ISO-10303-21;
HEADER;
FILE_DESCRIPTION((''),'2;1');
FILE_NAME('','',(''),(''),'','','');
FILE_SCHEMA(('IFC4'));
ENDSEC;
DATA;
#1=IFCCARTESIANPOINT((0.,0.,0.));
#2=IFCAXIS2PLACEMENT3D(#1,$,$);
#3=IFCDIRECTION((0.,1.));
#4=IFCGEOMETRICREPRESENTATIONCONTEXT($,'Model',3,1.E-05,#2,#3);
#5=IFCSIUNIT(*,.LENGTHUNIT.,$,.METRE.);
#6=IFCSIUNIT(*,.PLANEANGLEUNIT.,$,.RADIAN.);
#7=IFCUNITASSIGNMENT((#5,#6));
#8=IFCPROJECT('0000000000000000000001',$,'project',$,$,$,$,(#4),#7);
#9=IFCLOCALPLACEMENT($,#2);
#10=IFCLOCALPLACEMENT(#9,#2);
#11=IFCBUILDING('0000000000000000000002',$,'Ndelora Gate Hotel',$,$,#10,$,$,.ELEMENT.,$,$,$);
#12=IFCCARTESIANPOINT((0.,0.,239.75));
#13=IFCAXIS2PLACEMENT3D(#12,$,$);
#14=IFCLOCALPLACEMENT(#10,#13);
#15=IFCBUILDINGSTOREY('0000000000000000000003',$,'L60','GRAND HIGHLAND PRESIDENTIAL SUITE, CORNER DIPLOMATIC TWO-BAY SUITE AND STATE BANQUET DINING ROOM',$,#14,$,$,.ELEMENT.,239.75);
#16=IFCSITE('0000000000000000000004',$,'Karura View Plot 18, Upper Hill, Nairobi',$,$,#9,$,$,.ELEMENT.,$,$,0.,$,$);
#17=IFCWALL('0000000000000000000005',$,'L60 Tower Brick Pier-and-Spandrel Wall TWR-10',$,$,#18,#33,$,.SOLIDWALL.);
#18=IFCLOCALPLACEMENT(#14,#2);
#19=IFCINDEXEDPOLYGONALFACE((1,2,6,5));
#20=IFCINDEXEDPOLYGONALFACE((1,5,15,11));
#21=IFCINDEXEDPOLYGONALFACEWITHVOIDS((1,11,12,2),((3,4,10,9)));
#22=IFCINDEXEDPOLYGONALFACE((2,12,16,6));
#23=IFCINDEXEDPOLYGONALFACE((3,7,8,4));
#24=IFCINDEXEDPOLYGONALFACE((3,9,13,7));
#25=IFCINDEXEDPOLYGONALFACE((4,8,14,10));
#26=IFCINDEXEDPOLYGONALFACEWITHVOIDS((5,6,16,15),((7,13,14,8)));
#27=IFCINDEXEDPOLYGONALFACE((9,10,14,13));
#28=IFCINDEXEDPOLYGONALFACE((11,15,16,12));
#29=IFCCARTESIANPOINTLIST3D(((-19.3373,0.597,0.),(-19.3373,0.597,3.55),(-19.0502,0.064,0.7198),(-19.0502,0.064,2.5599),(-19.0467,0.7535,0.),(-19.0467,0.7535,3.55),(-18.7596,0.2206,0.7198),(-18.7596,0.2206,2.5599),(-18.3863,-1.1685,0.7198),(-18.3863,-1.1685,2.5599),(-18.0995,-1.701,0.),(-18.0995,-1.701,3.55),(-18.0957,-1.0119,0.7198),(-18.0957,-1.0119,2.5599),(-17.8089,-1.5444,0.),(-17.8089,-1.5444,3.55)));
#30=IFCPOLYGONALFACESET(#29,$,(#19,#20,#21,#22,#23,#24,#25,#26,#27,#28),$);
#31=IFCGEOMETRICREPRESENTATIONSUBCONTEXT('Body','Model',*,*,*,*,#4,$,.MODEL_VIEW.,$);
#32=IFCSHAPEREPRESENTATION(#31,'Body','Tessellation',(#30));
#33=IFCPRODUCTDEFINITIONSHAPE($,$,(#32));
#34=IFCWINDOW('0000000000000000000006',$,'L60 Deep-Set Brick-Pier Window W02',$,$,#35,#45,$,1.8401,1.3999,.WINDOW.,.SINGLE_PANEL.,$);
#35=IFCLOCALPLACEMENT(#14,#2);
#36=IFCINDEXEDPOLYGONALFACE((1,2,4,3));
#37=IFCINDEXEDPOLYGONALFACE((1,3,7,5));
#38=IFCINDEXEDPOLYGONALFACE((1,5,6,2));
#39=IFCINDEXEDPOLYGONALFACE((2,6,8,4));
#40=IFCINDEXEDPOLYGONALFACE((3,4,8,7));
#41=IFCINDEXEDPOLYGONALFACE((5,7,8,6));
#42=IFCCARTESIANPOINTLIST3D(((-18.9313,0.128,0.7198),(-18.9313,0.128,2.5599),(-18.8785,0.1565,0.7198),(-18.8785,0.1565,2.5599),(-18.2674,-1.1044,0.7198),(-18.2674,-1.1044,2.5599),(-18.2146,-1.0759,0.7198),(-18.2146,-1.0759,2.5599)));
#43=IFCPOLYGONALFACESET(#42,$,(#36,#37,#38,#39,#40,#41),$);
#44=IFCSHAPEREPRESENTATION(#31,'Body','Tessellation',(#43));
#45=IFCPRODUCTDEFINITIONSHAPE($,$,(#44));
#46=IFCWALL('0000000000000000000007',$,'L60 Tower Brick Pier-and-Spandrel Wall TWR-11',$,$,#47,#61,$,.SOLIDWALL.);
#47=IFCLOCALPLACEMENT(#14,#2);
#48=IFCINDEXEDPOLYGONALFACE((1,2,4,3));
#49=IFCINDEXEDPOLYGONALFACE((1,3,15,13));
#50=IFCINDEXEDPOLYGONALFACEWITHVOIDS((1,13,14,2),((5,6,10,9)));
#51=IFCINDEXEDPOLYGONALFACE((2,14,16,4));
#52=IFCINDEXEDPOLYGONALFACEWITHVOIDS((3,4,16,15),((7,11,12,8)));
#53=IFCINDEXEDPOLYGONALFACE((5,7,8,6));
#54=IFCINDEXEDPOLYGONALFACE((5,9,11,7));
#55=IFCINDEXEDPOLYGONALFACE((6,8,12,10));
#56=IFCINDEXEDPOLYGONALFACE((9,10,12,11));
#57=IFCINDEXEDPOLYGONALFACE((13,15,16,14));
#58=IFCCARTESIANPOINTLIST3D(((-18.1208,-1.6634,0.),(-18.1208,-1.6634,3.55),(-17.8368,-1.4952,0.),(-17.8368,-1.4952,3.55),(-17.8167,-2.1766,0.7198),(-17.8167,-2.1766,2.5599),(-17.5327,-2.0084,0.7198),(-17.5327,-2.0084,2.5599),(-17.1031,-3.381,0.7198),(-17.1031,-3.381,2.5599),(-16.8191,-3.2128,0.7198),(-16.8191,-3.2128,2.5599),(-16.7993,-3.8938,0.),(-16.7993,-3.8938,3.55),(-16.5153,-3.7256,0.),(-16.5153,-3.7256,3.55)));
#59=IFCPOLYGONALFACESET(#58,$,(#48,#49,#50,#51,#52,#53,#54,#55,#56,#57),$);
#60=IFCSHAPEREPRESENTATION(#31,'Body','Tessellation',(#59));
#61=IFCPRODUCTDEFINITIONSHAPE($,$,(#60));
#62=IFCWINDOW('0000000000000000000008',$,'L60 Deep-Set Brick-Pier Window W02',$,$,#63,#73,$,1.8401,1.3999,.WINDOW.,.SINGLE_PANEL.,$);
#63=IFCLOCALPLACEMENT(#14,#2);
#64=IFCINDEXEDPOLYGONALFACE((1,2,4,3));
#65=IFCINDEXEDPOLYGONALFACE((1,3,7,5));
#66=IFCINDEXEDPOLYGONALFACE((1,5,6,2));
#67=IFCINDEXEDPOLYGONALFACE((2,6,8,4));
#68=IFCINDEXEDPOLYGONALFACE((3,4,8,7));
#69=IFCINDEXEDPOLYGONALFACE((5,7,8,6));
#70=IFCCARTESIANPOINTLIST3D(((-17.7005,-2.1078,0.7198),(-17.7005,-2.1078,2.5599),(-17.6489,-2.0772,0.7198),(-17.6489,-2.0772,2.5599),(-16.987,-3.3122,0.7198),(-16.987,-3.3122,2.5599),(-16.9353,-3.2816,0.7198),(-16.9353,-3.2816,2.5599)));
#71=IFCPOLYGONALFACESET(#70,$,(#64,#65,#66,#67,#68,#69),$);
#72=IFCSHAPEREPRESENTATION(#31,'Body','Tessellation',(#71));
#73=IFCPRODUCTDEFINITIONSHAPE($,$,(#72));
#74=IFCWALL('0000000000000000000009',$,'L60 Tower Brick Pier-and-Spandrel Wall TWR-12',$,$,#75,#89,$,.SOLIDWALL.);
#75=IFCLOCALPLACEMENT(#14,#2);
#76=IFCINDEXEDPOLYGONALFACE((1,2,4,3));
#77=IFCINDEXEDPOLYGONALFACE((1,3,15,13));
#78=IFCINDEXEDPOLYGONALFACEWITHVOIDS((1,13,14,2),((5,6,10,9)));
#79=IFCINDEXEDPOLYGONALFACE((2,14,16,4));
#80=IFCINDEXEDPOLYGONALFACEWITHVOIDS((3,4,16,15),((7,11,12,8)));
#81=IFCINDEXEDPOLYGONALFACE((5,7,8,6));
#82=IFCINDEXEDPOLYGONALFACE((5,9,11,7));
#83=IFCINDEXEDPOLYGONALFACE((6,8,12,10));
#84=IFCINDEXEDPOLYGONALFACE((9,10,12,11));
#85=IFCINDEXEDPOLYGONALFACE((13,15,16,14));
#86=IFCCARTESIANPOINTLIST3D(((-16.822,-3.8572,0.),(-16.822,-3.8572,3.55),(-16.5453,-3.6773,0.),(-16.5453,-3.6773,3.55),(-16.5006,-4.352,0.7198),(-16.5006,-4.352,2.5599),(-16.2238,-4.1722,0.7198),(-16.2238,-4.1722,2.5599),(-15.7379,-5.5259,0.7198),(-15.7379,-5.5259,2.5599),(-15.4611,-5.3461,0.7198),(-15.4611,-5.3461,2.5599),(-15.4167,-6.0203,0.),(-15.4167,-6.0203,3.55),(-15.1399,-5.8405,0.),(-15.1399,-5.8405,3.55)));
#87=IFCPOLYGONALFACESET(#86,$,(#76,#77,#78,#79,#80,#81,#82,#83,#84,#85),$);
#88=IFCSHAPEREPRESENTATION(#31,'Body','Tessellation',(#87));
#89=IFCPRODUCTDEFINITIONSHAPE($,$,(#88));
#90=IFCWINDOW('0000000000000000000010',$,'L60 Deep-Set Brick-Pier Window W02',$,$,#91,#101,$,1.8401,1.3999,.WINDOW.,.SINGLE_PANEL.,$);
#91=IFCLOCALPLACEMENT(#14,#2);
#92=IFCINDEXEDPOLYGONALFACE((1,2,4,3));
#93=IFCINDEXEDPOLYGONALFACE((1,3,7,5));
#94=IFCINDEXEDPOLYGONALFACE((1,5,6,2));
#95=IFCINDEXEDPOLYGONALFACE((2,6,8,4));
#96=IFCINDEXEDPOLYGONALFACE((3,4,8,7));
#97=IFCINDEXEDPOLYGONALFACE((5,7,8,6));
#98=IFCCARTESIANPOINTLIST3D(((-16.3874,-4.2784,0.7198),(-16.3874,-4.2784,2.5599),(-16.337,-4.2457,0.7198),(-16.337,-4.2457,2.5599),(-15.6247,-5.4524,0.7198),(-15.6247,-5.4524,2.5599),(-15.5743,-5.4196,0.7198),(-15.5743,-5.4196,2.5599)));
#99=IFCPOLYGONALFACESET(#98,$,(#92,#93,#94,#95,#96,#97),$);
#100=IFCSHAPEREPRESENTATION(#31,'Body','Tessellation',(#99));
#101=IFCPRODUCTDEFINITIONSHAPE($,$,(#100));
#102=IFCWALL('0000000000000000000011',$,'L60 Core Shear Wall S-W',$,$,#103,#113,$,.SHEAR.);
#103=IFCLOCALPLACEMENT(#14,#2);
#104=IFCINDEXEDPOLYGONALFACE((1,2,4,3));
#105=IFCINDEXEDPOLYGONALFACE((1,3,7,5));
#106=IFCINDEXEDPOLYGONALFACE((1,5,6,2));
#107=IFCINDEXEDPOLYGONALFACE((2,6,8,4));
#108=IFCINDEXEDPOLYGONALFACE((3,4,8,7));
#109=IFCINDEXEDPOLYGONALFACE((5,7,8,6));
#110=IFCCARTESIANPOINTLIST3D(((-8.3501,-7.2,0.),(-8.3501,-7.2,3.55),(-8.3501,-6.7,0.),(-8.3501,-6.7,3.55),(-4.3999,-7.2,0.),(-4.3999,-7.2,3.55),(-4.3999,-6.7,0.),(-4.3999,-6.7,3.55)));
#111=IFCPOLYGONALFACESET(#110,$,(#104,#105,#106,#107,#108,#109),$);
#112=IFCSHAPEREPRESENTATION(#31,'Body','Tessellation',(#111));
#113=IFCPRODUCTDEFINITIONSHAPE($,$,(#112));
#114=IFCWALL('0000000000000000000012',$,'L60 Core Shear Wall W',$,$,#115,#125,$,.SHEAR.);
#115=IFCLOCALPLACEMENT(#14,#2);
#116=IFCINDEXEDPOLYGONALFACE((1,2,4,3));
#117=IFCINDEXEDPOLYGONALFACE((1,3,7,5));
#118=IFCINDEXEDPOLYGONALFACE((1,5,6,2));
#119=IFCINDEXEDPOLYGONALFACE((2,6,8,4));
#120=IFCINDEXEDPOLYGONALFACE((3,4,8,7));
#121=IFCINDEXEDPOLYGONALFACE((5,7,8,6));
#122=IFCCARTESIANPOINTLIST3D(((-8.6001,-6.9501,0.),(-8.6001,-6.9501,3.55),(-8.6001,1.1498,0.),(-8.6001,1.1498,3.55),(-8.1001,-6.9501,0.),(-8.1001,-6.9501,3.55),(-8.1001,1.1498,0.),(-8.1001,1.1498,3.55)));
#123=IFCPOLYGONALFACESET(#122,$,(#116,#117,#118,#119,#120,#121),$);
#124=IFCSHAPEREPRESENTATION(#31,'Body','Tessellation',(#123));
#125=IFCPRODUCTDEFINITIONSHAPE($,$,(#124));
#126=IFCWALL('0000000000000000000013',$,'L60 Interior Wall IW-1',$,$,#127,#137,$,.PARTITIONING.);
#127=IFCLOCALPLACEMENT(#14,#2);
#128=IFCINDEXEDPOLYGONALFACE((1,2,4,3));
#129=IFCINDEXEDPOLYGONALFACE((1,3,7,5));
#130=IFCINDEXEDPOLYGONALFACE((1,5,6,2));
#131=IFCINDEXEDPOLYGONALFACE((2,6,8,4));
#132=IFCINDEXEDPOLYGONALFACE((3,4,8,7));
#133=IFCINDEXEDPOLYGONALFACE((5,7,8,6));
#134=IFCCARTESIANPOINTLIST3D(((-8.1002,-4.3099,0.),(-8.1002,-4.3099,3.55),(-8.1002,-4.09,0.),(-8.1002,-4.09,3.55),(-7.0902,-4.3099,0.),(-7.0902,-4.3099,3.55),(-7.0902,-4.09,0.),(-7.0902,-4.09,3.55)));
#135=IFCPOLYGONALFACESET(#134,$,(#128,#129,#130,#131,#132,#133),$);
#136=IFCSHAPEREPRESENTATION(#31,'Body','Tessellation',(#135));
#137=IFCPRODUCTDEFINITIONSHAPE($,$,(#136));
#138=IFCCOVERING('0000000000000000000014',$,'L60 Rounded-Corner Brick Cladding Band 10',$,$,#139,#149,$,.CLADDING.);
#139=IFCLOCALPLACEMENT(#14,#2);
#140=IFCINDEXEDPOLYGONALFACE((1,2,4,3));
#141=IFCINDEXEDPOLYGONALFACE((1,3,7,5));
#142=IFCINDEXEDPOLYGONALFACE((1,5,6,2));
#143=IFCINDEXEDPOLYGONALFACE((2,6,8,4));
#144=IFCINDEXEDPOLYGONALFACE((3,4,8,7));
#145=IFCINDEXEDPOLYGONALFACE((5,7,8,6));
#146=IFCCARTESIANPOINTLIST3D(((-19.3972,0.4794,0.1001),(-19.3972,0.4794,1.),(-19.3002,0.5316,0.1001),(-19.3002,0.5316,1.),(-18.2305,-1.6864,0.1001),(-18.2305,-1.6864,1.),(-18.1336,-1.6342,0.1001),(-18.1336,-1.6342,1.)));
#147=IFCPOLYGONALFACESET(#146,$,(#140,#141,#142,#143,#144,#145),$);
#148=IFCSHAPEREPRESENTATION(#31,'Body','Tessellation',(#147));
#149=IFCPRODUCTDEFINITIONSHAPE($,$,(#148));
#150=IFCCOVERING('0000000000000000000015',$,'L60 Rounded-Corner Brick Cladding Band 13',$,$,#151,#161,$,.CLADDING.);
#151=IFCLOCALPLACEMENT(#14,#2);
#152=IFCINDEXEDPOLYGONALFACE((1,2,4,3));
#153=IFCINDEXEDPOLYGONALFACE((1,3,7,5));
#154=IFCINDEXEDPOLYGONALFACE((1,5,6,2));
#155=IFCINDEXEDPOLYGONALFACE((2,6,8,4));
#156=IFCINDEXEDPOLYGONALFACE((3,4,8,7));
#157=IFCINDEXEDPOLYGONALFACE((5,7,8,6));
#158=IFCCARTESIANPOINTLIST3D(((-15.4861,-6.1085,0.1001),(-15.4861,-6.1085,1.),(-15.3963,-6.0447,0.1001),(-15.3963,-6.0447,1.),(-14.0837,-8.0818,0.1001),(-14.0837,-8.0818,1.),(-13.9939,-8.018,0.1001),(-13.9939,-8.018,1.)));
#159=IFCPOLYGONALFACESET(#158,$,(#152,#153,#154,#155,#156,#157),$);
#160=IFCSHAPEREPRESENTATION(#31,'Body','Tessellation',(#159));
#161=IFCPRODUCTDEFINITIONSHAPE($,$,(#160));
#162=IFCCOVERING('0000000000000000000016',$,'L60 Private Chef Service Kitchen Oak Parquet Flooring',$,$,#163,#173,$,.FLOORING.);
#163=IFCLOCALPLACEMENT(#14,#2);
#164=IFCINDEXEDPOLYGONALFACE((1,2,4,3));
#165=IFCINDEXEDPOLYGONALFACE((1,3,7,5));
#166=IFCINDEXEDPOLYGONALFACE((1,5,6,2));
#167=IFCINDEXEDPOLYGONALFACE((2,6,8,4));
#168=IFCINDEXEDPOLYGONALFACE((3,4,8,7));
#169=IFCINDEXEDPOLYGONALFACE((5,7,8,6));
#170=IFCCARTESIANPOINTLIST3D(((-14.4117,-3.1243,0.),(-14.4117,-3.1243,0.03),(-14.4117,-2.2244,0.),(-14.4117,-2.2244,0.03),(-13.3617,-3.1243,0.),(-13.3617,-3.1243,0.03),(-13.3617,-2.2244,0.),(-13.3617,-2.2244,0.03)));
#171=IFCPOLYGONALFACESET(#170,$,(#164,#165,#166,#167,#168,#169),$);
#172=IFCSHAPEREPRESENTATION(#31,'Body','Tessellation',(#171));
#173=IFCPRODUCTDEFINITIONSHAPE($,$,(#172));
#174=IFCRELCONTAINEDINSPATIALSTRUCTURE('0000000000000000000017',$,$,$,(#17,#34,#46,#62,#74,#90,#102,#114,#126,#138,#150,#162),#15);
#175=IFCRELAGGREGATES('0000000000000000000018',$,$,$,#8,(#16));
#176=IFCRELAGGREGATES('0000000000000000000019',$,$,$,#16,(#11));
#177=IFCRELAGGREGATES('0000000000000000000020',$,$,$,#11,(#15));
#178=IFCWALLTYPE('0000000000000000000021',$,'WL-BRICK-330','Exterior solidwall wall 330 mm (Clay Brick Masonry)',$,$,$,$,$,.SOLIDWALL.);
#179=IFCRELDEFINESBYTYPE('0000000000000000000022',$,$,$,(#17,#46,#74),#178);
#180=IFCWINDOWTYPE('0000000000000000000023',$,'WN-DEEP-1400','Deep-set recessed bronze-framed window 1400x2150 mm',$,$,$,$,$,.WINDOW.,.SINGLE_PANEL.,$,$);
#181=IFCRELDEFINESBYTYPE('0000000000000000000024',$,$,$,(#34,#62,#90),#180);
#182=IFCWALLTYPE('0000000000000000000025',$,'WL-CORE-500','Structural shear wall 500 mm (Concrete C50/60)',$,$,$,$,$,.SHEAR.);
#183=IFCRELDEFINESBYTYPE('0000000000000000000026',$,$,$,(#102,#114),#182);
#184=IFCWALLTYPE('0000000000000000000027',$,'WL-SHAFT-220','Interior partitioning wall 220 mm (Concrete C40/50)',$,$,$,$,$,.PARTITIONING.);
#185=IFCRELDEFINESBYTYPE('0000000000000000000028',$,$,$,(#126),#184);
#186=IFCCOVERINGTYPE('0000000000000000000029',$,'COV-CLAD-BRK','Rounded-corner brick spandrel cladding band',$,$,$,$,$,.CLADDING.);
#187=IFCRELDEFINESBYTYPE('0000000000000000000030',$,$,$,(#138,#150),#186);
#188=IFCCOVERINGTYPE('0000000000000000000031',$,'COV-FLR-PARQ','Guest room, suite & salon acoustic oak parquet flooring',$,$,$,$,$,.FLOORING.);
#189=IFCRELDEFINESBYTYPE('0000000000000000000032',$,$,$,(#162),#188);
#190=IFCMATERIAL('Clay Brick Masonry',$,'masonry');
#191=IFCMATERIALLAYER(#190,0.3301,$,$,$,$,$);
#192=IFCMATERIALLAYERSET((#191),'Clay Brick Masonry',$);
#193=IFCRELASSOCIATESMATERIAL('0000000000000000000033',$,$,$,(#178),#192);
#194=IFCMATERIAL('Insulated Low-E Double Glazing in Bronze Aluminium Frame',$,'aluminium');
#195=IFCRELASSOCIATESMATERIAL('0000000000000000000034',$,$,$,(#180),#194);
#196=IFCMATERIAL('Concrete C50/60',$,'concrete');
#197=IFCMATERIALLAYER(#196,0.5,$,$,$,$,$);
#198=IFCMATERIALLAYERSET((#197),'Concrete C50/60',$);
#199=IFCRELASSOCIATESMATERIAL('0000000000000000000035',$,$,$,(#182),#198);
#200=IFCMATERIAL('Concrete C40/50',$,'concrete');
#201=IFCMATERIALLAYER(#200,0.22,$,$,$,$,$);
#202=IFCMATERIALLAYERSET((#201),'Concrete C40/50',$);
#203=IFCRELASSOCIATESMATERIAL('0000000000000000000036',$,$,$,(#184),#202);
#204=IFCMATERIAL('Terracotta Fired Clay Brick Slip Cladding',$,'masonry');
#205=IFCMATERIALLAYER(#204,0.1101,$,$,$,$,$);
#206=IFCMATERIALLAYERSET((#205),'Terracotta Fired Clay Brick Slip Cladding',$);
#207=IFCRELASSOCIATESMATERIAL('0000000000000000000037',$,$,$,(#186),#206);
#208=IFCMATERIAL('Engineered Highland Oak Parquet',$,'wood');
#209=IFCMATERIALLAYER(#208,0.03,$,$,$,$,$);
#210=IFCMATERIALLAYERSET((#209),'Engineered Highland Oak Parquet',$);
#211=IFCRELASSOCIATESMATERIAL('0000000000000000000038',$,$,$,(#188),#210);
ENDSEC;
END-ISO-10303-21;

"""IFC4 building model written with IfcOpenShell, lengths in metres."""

from ifc_helpers import new_model, si_unit, direction, frame, frame_2d, origin, origin_2d, place, context, subcontext, project, spatial, rectangle, extrude, material, layer, layer_set, type_object, element, fill, save


model = new_model("IFC4")

# Units and contexts
model_context = context("Model", 3, precision=1e-05, world=origin(), true_north=direction((0.0, 1.0)))
body_context = subcontext(model_context, "Body", "Model", "MODEL_VIEW")
ifc_project = project(units=[si_unit("LENGTHUNIT", "METRE"), si_unit("PLANEANGLEUNIT", "RADIAN")], contexts=[model_context])

# Site, building, storey
site_placement = place(None, origin())
site = spatial("IfcSite", under=ifc_project, at=site_placement, Name="Karura View Plot 18, Upper Hill, Nairobi", CompositionType="ELEMENT", RefElevation=0.0)
building_placement = place(site_placement, origin())
building = spatial("IfcBuilding", under=site, at=building_placement, Name="Ndelora Gate Hotel", CompositionType="ELEMENT")
storey_placement = place(building_placement, frame((0.0, 0.0, 239.75)))
storey = spatial("IfcBuildingStorey", under=building, at=storey_placement, Name="L60", Description="GRAND HIGHLAND PRESIDENTIAL SUITE, CORNER DIPLOMATIC TWO-BAY SUITE AND STATE BANQUET DINING ROOM", CompositionType="ELEMENT", Elevation=239.75)

# Shared definitions
ifc_material_1 = material(Name="Concrete C50/60", Category="concrete")

# Walls, openings, windows
ifc_material_2 = material(Name="Clay Brick Masonry", Category="masonry")
ifc_layer_1 = layer(ifc_material_2, 0.3301)
ifc_layer_set_1 = layer_set([ifc_layer_1], Name="Clay Brick Masonry")
wall_type_1 = type_object("IfcWallType", Name="WL-BRICK-330", Description="Exterior solidwall wall 330 mm (Clay Brick Masonry)", PredefinedType="SOLIDWALL", material=ifc_layer_set_1)
wall_1_placement = place(storey_placement, frame((-17.9541, -1.6228, 0.0), z_axis=(0.0, 0.0, 1.0), x_axis=(-0.474245, 0.880393, 0.0)))
wall_1 = element("IfcWall", 1, at=wall_1_placement, inside=storey, type_object=wall_type_1, Name="L60 Tower Brick Pier-and-Spandrel Wall TWR-10", PredefinedType="SOLIDWALL", context=body_context, shape_type="SweptSolid", body=[
    extrude(rectangle(XDim=2.6101, YDim=0.3301, at=frame_2d((1.3052, 0.0))), origin(), (0.0, 0.0, 1.0), 3.55),
])
opening_1_placement = place(wall_1_placement, frame((0.605, 0.0, 0.72)))
opening_1 = element("IfcOpeningElement", 2, at=opening_1_placement, cuts=wall_1, PredefinedType="OPENING", context=body_context, shape_type="SweptSolid", body=[
    extrude(rectangle(XDim=1.3999, YDim=1.8401, at=frame_2d((0.7, 0.9199))), frame((0.0, 0.175, 0.0), z_axis=(0.0, -1.0, 0.0), x_axis=(1.0, 0.0, 0.0)), (0.0, 0.0, 1.0), 0.3501),
])
ifc_material_3 = material(Name="Insulated Low-E Double Glazing in Bronze Aluminium Frame", Category="aluminium")
window_type = type_object("IfcWindowType", Name="WN-DEEP-1400", Description="Deep-set recessed bronze-framed window 1400x2150 mm", PartitioningType="SINGLE_PANEL", PredefinedType="WINDOW", material=ifc_material_3)
window_1_placement = place(opening_1_placement, origin())
window_1 = element("IfcWindow", 3, at=window_1_placement, inside=storey, type_object=window_type, Name="L60 Deep-Set Brick-Pier Window W02", OverallHeight=1.8401, OverallWidth=1.3999, PartitioningType="SINGLE_PANEL", PredefinedType="WINDOW", context=body_context, shape_type="SweptSolid", body=[
    extrude(rectangle(XDim=1.3999, YDim=1.8401, at=frame_2d((0.7, 0.9199))), frame((0.0, 0.03, 0.0), z_axis=(0.0, -1.0, 0.0), x_axis=(1.0, 0.0, 0.0)), (0.0, 0.0, 1.0), 0.0601),
])
fill(opening_1, window_1)
wall_2_placement = place(storey_placement, frame((-16.6572, -3.8098, 0.0), z_axis=(0.0, 0.0, 1.0), x_axis=(-0.509738, 0.86033, 0.0)))
wall_2 = element("IfcWall", 4, at=wall_2_placement, inside=storey, type_object=wall_type_1, Name="L60 Tower Brick Pier-and-Spandrel Wall TWR-11", PredefinedType="SOLIDWALL", context=body_context, shape_type="SweptSolid", body=[
    extrude(rectangle(XDim=2.5925, YDim=0.3301, at=frame_2d((1.2964, 0.0))), origin(), (0.0, 0.0, 1.0), 3.55),
])
opening_2_placement = place(wall_2_placement, frame((0.5962, 0.0, 0.72)))
opening_2 = element("IfcOpeningElement", 5, at=opening_2_placement, cuts=wall_2, PredefinedType="OPENING", context=body_context, shape_type="SweptSolid", body=[
    extrude(rectangle(XDim=1.3999, YDim=1.8401, at=frame_2d((0.7, 0.9199))), frame((0.0, 0.175, 0.0), z_axis=(0.0, -1.0, 0.0), x_axis=(1.0, 0.0, 0.0)), (0.0, 0.0, 1.0), 0.3501),
])
window_2_placement = place(opening_2_placement, origin())
window_2 = element("IfcWindow", 6, at=window_2_placement, inside=storey, type_object=window_type, Name="L60 Deep-Set Brick-Pier Window W02", OverallHeight=1.8401, OverallWidth=1.3999, PartitioningType="SINGLE_PANEL", PredefinedType="WINDOW", context=body_context, shape_type="SweptSolid", body=[
    extrude(rectangle(XDim=1.3999, YDim=1.8401, at=frame_2d((0.7, 0.9199))), frame((0.0, 0.03, 0.0), z_axis=(0.0, -1.0, 0.0), x_axis=(1.0, 0.0, 0.0)), (0.0, 0.0, 1.0), 0.0601),
])
fill(opening_2, window_2)
wall_3_placement = place(storey_placement, frame((-15.2783, -5.9304, 0.0), z_axis=(0.0, 0.0, 1.0), x_axis=(-0.544789, 0.838573, 0.0)))
wall_3 = element("IfcWall", 7, at=wall_3_placement, inside=storey, type_object=wall_type_1, Name="L60 Tower Brick Pier-and-Spandrel Wall TWR-12", PredefinedType="SOLIDWALL", context=body_context, shape_type="SweptSolid", body=[
    extrude(rectangle(XDim=2.5796, YDim=0.3301, at=frame_2d((1.2898, 0.0))), origin(), (0.0, 0.0, 1.0), 3.55),
])
opening_3_placement = place(wall_3_placement, frame((0.5896, 0.0, 0.72)))
opening_3 = element("IfcOpeningElement", 8, at=opening_3_placement, cuts=wall_3, PredefinedType="OPENING", context=body_context, shape_type="SweptSolid", body=[
    extrude(rectangle(XDim=1.3999, YDim=1.8401, at=frame_2d((0.7, 0.9199))), frame((0.0, 0.175, 0.0), z_axis=(0.0, -1.0, 0.0), x_axis=(1.0, 0.0, 0.0)), (0.0, 0.0, 1.0), 0.3501),
])
window_3_placement = place(opening_3_placement, origin())
window_3 = element("IfcWindow", 9, at=window_3_placement, inside=storey, type_object=window_type, Name="L60 Deep-Set Brick-Pier Window W02", OverallHeight=1.8401, OverallWidth=1.3999, PartitioningType="SINGLE_PANEL", PredefinedType="WINDOW", context=body_context, shape_type="SweptSolid", body=[
    extrude(rectangle(XDim=1.3999, YDim=1.8401, at=frame_2d((0.7, 0.9199))), frame((0.0, 0.03, 0.0), z_axis=(0.0, -1.0, 0.0), x_axis=(1.0, 0.0, 0.0)), (0.0, 0.0, 1.0), 0.0601),
])
fill(opening_3, window_3)

# Walls
ifc_layer_2 = layer(ifc_material_1, 0.5)
ifc_layer_set_2 = layer_set([ifc_layer_2], Name="Concrete C50/60")
wall_type_2 = type_object("IfcWallType", Name="WL-CORE-500", Description="Structural shear wall 500 mm (Concrete C50/60)", PredefinedType="SHEAR", material=ifc_layer_set_2)
wall_4_placement = place(storey_placement, frame((-8.3501, -6.95, 0.0), z_axis=(0.0, 0.0, 1.0), x_axis=(1.0, 0.0, 0.0)))
element("IfcWall", 10, at=wall_4_placement, inside=storey, type_object=wall_type_2, Name="L60 Core Shear Wall S-W", PredefinedType="SHEAR", context=body_context, shape_type="SweptSolid", body=[
    extrude(rectangle(XDim=3.9502, YDim=0.5, at=frame_2d((1.9751, 0.0))), origin(), (0.0, 0.0, 1.0), 3.55),
])
wall_5_placement = place(storey_placement, frame((-8.3501, -6.95, 0.0), z_axis=(0.0, 0.0, 1.0), x_axis=(0.0, 1.0, 0.0)))
element("IfcWall", 11, at=wall_5_placement, inside=storey, type_object=wall_type_2, Name="L60 Core Shear Wall W", PredefinedType="SHEAR", context=body_context, shape_type="SweptSolid", body=[
    extrude(rectangle(XDim=8.0999, YDim=0.5, at=frame_2d((4.0498, 0.0))), origin(), (0.0, 0.0, 1.0), 3.55),
])
ifc_material_4 = material(Name="Concrete C40/50", Category="concrete")
ifc_layer_3 = layer(ifc_material_4, 0.22)
ifc_layer_set_3 = layer_set([ifc_layer_3], Name="Concrete C40/50")
wall_type_3 = type_object("IfcWallType", Name="WL-SHAFT-220", Description="Interior partitioning wall 220 mm (Concrete C40/50)", PredefinedType="PARTITIONING", material=ifc_layer_set_3)
wall_6_placement = place(storey_placement, frame((-8.1001, -4.2, 0.0), z_axis=(0.0, 0.0, 1.0), x_axis=(1.0, 0.0, 0.0)))
element("IfcWall", 12, at=wall_6_placement, inside=storey, type_object=wall_type_3, Name="L60 Interior Wall IW-1", PredefinedType="PARTITIONING", context=body_context, shape_type="SweptSolid", body=[
    extrude(rectangle(XDim=1.01, YDim=0.22, at=frame_2d((0.5049, 0.0))), origin(), (0.0, 0.0, 1.0), 3.55),
])

# Coverings
ifc_material_5 = material(Name="Terracotta Fired Clay Brick Slip Cladding", Category="masonry")
ifc_layer_4 = layer(ifc_material_5, 0.1101)
ifc_layer_set_4 = layer_set([ifc_layer_4], Name="Terracotta Fired Clay Brick Slip Cladding")
covering_type_1 = type_object("IfcCoveringType", Name="COV-CLAD-BRK", Description="Rounded-corner brick spandrel cladding band", PredefinedType="CLADDING", material=ifc_layer_set_4)
covering_1_placement = place(storey_placement, frame((-18.7654, -0.5774, 0.1001), z_axis=(0.0, 0.0, 1.0), x_axis=(-0.474242, 0.880395, 0.0)))
element("IfcCovering", 13, at=covering_1_placement, inside=storey, type_object=covering_type_1, Name="L60 Rounded-Corner Brick Cladding Band 10", PredefinedType="CLADDING", context=body_context, shape_type="SweptSolid", body=[
    extrude(rectangle(XDim=2.46, YDim=0.1101, at=origin_2d()), origin(), (0.0, 0.0, 1.0), 0.8999),
])
covering_2_placement = place(storey_placement, frame((-14.74, -7.0632, 0.1001), z_axis=(0.0, 0.0, 1.0), x_axis=(-0.579281, 0.815128, 0.0)))
element("IfcCovering", 14, at=covering_2_placement, inside=storey, type_object=covering_type_1, Name="L60 Rounded-Corner Brick Cladding Band 13", PredefinedType="CLADDING", context=body_context, shape_type="SweptSolid", body=[
    extrude(rectangle(XDim=2.4209, YDim=0.1101, at=origin_2d()), origin(), (0.0, 0.0, 1.0), 0.8999),
])
ifc_material_6 = material(Name="Engineered Highland Oak Parquet", Category="wood")
ifc_layer_5 = layer(ifc_material_6, 0.03)
ifc_layer_set_5 = layer_set([ifc_layer_5], Name="Engineered Highland Oak Parquet")
covering_type_2 = type_object("IfcCoveringType", Name="COV-FLR-PARQ", Description="Guest room, suite & salon acoustic oak parquet flooring", PredefinedType="FLOORING", material=ifc_layer_set_5)
covering_3_placement = place(storey_placement, frame((-13.8867, -2.6743, 0.0), z_axis=(0.0, 0.0, 1.0), x_axis=(1.0, 0.0, 0.0)))
element("IfcCovering", 15, at=covering_3_placement, inside=storey, type_object=covering_type_2, Name="L60 Private Chef Service Kitchen Oak Parquet Flooring", PredefinedType="FLOORING", context=body_context, shape_type="SweptSolid", body=[
    extrude(rectangle(XDim=1.05, YDim=0.8999, at=origin_2d()), origin(), (0.0, 0.0, 1.0), 0.03),
])

save(model, "model.ifc")
